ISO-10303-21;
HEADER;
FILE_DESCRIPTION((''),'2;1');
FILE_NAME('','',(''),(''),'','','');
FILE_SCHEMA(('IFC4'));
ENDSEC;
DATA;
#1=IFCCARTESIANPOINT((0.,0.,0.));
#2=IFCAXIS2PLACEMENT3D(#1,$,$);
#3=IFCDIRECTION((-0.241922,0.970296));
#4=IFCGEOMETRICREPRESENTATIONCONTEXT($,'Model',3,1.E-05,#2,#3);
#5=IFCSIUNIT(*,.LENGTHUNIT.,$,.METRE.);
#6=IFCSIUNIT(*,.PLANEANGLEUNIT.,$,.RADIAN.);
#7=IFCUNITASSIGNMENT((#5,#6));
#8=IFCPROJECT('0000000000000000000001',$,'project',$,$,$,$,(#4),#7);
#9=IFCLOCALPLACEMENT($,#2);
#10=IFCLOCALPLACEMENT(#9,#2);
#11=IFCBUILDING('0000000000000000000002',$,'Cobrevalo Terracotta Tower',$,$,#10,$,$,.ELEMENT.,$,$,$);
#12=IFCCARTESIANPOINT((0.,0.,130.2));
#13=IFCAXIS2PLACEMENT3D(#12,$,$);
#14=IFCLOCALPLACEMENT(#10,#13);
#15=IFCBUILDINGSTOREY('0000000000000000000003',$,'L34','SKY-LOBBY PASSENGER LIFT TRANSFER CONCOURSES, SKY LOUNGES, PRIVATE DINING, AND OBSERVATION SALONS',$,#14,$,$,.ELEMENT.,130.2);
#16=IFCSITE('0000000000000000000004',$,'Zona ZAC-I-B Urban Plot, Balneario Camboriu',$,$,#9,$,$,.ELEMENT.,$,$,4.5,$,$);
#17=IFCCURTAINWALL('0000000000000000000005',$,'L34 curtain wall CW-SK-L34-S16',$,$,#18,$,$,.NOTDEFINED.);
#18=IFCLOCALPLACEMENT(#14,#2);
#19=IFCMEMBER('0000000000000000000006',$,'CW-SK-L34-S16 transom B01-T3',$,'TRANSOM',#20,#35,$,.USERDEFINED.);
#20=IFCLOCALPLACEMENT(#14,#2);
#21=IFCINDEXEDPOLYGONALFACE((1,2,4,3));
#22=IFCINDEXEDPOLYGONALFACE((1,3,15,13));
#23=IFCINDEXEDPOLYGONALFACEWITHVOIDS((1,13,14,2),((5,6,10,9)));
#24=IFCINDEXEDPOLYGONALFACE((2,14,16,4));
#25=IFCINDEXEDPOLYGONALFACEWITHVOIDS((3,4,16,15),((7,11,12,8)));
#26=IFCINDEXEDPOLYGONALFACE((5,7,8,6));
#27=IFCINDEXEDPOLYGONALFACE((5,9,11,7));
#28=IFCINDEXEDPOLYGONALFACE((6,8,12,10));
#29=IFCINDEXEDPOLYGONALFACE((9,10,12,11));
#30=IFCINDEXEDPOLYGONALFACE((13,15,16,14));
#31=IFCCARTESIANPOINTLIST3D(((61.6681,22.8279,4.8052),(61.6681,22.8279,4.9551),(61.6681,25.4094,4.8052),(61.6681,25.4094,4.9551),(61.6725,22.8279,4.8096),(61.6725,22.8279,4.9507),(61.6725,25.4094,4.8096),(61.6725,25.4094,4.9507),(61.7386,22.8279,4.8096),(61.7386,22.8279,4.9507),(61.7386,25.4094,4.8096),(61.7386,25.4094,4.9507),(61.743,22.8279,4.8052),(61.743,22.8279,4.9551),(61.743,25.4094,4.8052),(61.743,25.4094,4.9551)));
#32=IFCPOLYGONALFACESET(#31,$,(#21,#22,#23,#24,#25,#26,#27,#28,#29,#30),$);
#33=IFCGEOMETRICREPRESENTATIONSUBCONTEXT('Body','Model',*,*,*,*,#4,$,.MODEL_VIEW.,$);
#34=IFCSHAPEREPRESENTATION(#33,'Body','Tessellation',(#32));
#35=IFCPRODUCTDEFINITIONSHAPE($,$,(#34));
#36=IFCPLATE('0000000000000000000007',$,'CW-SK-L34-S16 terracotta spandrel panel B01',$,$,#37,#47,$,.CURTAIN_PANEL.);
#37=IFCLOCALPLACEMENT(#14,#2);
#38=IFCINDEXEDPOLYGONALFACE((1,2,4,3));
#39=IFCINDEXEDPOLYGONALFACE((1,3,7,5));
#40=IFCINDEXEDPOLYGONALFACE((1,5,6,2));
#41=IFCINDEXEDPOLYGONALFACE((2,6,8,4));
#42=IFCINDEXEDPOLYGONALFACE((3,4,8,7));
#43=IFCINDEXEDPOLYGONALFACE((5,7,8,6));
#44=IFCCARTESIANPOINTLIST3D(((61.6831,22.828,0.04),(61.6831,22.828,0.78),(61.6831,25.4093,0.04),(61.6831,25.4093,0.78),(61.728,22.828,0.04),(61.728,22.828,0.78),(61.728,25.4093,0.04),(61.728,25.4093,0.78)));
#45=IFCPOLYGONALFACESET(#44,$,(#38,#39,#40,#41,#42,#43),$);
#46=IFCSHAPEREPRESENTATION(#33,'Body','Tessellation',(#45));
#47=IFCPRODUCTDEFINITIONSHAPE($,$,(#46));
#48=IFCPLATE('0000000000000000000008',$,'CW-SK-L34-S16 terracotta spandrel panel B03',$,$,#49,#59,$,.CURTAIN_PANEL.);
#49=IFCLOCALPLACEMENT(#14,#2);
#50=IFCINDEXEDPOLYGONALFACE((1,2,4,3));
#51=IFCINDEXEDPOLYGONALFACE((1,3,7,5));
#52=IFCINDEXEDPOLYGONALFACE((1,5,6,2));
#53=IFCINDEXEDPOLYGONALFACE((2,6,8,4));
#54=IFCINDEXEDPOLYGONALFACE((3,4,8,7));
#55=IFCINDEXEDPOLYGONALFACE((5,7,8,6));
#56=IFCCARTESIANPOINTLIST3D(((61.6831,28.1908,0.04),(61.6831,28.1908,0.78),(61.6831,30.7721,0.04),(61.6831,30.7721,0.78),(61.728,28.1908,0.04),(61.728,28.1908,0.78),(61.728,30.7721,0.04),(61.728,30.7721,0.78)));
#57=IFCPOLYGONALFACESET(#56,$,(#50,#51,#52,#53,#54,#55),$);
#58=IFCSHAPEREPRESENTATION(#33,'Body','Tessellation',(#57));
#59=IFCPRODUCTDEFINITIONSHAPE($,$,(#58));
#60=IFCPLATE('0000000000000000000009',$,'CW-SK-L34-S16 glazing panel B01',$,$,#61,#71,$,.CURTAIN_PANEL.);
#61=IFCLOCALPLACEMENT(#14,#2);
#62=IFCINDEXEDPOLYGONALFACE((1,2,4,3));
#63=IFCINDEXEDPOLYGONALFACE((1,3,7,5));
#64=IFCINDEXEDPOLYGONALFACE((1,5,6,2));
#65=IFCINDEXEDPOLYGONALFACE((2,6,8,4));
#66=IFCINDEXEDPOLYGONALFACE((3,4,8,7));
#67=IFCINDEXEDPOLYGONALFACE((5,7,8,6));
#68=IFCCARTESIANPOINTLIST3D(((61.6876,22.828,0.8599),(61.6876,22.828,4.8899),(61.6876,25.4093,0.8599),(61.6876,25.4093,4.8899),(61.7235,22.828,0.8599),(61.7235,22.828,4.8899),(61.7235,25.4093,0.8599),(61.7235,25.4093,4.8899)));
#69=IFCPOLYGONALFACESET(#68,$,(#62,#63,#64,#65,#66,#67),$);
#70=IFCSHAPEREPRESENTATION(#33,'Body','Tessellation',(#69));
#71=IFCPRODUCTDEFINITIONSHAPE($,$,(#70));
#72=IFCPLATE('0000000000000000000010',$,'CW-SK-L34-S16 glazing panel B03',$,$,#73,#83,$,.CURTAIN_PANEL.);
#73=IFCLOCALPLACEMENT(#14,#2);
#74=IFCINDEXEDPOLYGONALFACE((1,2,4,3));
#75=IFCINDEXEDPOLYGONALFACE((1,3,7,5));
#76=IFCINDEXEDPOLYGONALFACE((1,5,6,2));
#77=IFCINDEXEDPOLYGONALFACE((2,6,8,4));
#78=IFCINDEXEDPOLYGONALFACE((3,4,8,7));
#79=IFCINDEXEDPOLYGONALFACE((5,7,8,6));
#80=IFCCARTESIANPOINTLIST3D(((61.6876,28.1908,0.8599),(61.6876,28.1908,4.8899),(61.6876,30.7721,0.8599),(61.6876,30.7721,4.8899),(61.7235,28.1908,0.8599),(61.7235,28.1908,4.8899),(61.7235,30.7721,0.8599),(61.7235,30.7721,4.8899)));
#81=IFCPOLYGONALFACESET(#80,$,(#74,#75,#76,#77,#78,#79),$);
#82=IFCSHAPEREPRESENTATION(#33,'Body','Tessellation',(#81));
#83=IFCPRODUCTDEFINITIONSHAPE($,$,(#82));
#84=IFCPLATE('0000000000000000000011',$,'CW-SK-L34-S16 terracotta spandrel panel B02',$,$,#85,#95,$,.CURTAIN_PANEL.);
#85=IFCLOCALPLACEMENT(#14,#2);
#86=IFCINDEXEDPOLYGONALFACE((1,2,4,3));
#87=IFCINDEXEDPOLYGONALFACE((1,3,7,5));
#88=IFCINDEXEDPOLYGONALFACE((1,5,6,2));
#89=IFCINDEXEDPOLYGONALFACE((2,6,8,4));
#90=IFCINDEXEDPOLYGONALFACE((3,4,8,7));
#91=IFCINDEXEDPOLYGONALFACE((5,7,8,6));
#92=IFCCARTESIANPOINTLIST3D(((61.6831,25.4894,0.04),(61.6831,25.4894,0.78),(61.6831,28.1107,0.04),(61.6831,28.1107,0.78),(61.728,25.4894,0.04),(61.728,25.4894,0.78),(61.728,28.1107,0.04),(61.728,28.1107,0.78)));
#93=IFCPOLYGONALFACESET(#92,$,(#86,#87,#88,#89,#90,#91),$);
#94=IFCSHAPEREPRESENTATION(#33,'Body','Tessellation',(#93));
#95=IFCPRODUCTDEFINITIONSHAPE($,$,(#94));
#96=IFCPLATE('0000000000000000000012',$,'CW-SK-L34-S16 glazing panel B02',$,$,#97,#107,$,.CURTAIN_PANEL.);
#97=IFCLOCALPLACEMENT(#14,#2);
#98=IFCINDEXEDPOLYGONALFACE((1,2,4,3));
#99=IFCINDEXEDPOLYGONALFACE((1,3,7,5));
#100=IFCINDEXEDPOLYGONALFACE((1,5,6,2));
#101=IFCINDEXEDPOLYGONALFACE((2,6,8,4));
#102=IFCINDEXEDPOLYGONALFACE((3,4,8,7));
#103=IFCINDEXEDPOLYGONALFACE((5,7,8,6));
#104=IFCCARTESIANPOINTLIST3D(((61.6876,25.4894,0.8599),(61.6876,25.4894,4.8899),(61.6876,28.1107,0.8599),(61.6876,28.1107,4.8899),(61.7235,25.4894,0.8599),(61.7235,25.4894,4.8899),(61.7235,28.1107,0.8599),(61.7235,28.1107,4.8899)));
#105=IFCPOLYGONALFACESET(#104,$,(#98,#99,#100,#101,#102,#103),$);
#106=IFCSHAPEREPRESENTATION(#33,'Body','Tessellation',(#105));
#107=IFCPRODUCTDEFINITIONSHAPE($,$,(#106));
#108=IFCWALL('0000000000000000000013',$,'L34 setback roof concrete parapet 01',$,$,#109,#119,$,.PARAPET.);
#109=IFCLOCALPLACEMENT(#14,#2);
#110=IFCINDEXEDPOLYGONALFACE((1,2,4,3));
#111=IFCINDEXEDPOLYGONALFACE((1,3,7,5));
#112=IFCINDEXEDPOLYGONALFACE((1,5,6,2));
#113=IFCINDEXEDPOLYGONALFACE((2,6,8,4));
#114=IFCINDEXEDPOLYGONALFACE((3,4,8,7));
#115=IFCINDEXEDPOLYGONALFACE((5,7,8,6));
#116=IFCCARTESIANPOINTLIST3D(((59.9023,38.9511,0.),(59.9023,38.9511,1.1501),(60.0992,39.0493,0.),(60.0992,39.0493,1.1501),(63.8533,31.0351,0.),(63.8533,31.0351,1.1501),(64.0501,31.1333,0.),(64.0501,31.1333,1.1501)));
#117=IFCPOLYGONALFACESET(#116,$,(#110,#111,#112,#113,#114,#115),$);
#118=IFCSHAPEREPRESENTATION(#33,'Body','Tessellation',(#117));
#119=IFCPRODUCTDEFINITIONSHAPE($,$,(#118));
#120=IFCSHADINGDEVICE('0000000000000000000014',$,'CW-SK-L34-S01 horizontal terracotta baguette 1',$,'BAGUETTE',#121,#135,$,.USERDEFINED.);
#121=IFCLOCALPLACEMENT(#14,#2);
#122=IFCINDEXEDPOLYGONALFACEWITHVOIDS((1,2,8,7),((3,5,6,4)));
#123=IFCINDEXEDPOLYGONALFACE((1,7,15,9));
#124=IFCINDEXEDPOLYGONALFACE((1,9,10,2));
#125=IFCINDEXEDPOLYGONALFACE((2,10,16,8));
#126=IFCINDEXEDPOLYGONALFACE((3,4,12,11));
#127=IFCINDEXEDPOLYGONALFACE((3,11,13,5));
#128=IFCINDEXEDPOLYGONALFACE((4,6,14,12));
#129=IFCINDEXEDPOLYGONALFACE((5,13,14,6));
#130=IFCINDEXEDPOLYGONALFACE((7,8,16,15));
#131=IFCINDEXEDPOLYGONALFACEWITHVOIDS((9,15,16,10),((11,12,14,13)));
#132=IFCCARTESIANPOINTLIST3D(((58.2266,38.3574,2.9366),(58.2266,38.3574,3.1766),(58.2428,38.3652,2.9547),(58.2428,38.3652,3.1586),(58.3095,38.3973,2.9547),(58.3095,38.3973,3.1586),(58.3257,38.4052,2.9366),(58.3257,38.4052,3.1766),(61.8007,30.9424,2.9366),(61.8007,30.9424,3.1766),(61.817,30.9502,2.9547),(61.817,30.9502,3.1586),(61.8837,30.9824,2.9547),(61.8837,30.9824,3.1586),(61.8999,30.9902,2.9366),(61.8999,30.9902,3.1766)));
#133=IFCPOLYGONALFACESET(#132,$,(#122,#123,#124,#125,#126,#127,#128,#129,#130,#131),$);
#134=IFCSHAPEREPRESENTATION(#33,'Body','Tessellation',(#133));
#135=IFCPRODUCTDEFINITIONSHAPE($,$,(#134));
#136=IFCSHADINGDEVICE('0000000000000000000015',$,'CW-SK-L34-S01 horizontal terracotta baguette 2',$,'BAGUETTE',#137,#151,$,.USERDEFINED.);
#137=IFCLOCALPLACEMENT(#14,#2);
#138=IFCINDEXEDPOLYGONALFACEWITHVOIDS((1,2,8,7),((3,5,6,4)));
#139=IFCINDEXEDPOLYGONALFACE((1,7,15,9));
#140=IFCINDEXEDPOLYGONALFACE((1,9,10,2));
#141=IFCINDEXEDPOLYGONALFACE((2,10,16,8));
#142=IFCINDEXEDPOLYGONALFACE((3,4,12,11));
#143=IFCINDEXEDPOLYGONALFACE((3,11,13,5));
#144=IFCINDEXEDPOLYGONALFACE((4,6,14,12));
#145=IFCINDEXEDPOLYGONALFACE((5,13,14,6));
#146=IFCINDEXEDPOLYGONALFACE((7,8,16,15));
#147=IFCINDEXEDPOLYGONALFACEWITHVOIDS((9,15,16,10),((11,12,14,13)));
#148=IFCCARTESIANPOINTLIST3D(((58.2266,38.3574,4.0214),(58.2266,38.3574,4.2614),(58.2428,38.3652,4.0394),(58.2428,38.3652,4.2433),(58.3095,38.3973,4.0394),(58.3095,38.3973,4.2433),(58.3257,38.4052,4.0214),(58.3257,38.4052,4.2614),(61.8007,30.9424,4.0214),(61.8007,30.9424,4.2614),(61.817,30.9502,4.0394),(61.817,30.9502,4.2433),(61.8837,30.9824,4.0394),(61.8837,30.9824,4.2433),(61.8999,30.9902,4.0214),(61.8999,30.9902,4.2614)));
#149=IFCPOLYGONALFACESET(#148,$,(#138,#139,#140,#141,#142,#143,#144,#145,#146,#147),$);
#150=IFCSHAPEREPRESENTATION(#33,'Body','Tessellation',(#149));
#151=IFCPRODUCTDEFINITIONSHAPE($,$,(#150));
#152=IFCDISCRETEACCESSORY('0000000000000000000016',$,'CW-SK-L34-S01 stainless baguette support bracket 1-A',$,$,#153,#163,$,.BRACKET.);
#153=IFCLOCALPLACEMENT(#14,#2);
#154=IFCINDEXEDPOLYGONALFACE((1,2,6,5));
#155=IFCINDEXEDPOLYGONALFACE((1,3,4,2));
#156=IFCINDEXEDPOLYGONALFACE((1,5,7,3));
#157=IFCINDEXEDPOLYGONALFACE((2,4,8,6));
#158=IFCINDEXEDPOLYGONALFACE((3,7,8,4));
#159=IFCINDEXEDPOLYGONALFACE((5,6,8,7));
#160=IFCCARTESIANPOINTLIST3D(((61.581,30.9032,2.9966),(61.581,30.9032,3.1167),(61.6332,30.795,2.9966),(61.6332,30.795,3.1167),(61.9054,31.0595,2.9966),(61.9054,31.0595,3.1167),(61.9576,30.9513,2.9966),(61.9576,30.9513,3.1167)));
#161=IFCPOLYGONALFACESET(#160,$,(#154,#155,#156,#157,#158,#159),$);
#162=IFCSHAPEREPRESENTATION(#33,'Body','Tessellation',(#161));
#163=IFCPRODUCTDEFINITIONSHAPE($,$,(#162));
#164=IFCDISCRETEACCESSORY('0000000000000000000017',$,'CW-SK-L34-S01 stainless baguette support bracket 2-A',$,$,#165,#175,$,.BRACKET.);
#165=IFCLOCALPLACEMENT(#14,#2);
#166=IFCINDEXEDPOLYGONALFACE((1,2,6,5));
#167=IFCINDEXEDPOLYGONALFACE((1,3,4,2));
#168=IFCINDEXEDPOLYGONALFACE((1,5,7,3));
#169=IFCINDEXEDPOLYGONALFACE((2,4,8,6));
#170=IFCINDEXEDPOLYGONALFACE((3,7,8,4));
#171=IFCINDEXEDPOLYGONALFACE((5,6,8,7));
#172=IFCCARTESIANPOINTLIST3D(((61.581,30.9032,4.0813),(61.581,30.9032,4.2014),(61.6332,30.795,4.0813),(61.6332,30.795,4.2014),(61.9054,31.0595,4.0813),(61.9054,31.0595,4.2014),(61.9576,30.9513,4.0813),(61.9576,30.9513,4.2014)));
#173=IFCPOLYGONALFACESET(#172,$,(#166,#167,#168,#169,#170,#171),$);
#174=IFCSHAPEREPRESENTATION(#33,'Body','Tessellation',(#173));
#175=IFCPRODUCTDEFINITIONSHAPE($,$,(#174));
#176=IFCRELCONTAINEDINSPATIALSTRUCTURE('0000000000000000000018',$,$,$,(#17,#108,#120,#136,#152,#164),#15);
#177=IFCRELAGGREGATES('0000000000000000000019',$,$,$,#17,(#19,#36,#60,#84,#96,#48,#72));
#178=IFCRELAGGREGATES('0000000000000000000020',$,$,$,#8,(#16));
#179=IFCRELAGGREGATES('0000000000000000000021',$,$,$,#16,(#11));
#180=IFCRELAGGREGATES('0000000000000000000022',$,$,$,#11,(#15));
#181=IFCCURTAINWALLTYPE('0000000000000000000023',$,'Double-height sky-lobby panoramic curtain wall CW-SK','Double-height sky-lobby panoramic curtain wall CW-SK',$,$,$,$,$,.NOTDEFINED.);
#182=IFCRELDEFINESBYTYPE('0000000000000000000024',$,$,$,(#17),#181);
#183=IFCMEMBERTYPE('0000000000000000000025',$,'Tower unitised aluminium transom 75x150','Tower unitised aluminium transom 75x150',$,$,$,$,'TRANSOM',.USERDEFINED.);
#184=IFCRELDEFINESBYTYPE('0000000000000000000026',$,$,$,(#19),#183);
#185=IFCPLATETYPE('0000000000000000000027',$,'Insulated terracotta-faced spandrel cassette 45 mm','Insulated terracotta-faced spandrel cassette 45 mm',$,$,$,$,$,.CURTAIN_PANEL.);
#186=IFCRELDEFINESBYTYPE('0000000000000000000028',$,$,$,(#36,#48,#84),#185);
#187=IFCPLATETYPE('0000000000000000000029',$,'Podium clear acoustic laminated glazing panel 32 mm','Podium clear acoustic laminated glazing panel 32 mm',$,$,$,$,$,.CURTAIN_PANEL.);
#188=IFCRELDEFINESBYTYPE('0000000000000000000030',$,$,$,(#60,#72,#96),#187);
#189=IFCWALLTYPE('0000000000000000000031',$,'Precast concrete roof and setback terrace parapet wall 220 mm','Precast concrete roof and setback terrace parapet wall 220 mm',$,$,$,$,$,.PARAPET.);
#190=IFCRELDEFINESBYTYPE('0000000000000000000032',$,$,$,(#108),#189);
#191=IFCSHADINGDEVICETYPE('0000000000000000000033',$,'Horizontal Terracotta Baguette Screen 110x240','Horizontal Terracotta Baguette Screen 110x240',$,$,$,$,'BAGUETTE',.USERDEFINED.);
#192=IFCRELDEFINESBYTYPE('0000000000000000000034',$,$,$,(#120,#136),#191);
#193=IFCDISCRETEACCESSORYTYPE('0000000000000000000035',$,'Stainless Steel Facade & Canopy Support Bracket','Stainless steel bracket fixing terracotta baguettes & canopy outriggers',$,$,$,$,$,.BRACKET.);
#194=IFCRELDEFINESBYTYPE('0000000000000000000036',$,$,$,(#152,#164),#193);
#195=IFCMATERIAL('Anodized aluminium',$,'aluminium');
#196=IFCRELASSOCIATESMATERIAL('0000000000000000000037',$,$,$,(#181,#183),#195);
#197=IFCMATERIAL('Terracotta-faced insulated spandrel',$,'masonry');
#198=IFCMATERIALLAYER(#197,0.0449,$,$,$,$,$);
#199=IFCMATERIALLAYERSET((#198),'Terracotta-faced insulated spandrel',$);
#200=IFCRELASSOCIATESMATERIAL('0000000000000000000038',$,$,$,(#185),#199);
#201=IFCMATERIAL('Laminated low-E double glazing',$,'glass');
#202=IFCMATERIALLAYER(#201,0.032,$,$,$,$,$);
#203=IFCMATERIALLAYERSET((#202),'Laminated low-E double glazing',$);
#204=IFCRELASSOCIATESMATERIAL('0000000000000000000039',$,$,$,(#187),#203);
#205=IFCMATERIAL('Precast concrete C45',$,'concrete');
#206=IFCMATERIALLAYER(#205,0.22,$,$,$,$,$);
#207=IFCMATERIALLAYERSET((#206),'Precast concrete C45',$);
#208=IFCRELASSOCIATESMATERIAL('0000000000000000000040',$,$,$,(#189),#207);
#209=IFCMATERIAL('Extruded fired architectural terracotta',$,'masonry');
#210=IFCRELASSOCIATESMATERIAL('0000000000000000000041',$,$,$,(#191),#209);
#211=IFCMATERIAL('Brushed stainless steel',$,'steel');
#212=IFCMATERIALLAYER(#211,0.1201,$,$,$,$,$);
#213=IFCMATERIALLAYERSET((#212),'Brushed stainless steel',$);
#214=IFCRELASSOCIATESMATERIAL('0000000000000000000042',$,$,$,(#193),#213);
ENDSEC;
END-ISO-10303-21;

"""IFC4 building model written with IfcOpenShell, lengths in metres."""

from ifc_helpers import new_model, si_unit, direction, frame, frame_2d, origin, origin_2d, place, context, subcontext, project, spatial, rectangle, hollow_rectangle, extrude, source, transform, mapped, material, layer, layer_set, material_profile, profile_set, type_object, element, aggregate, save


model = new_model("IFC4")

# Units and contexts
model_context = context("Model", 3, precision=1e-05, world=origin(), true_north=direction((-0.241922, 0.970296)))
body_context = subcontext(model_context, "Body", "Model", "MODEL_VIEW")
ifc_project = project(units=[si_unit("LENGTHUNIT", "METRE"), si_unit("PLANEANGLEUNIT", "RADIAN")], contexts=[model_context])

# Site, building, storey
site_placement = place(None, origin())
site = spatial("IfcSite", under=ifc_project, at=site_placement, Name="Zona ZAC-I-B Urban Plot, Balneario Camboriu", CompositionType="ELEMENT", RefElevation=4.5)
building_placement = place(site_placement, origin())
building = spatial("IfcBuilding", under=site, at=building_placement, Name="Cobrevalo Terracotta Tower", CompositionType="ELEMENT")
storey_placement = place(building_placement, frame((0.0, 0.0, 130.2)))
storey = spatial("IfcBuildingStorey", under=building, at=storey_placement, Name="L34", Description="SKY-LOBBY PASSENGER LIFT TRANSFER CONCOURSES, SKY LOUNGES, PRIVATE DINING, AND OBSERVATION SALONS", CompositionType="ELEMENT", Elevation=130.2)

# Shared definitions
ifc_material_1 = material(Name="Anodized aluminium", Category="aluminium")
curtain_wall_type = type_object("IfcCurtainWallType", Name="Double-height sky-lobby panoramic curtain wall CW-SK", Description="Double-height sky-lobby panoramic curtain wall CW-SK", PredefinedType="NOTDEFINED", material=ifc_material_1)

# Curtain wall
curtain_wall_1_placement = place(storey_placement, origin())
curtain_wall_1 = element("IfcCurtainWall", 1, at=curtain_wall_1_placement, inside=storey, type_object=curtain_wall_type, Name="L34 curtain wall CW-SK-L34-S16", PredefinedType="NOTDEFINED")

# Member
ifc_material_profile_1 = material_profile(ifc_material_1, hollow_rectangle(XDim=0.075, YDim=0.1499, WallThickness=0.0044, at=origin_2d()), Name="CWT 75x150")
ifc_profile_set_1 = profile_set([ifc_material_profile_1], Name="Anodized aluminium")
member_type_1 = type_object("IfcMemberType", Name="Tower unitised aluminium transom 75x150", Description="Tower unitised aluminium transom 75x150", ElementType="TRANSOM", PredefinedType="USERDEFINED", material=ifc_profile_set_1)
shared_shape_1 = source(origin(), body_context, "Body", "SweptSolid", [
    extrude(hollow_rectangle(XDim=0.075, YDim=0.1499, WallThickness=0.0044, at=origin_2d()), origin(), (0.0, 0.0, 1.0), 2.5815),
])
member_1_placement = place(storey_placement, frame((61.7056, 22.8279, 4.8801), z_axis=(0.0, 1.0, 0.0), x_axis=(-1.0, 0.0, 0.0)))
member_1 = element("IfcMember", 2, at=member_1_placement, type_object=member_type_1, Name="CW-SK-L34-S16 transom B01-T3", ObjectType="TRANSOM", PredefinedType="USERDEFINED", context=body_context, shape_type="MappedRepresentation", body=[
    mapped(shared_shape_1, transform((0.0, 0.0, 0.0), scale=1.0)),
])

# Plates
ifc_material_2 = material(Name="Terracotta-faced insulated spandrel", Category="masonry")
ifc_layer_1 = layer(ifc_material_2, 0.0449)
ifc_layer_set_1 = layer_set([ifc_layer_1], Name="Terracotta-faced insulated spandrel")
plate_type_1 = type_object("IfcPlateType", Name="Insulated terracotta-faced spandrel cassette 45 mm", Description="Insulated terracotta-faced spandrel cassette 45 mm", PredefinedType="CURTAIN_PANEL", material=ifc_layer_set_1)
shared_shape_2 = source(origin(), body_context, "Body", "SweptSolid", [
    extrude(rectangle(XDim=2.5813, YDim=0.0449, at=origin_2d()), origin(), (0.0, 0.0, 1.0), 0.74),
])
plate_1_placement = place(storey_placement, frame((61.7056, 24.1187, 0.04), z_axis=(0.0, 0.0, 1.0), x_axis=(0.0, 1.0, 0.0)))
plate_1 = element("IfcPlate", 3, at=plate_1_placement, type_object=plate_type_1, Name="CW-SK-L34-S16 terracotta spandrel panel B01", PredefinedType="CURTAIN_PANEL", context=body_context, shape_type="MappedRepresentation", body=[
    mapped(shared_shape_2, transform((0.0, 0.0, 0.0), scale=1.0)),
])
plate_2_placement = place(storey_placement, frame((61.7056, 29.4814, 0.04), z_axis=(0.0, 0.0, 1.0), x_axis=(0.0, 1.0, 0.0)))
plate_2 = element("IfcPlate", 4, at=plate_2_placement, type_object=plate_type_1, Name="CW-SK-L34-S16 terracotta spandrel panel B03", PredefinedType="CURTAIN_PANEL", context=body_context, shape_type="MappedRepresentation", body=[
    mapped(shared_shape_2, transform((0.0, 0.0, 0.0), scale=1.0)),
])
ifc_material_3 = material(Name="Laminated low-E double glazing", Category="glass")
ifc_layer_2 = layer(ifc_material_3, 0.032)
ifc_layer_set_2 = layer_set([ifc_layer_2], Name="Laminated low-E double glazing")
plate_type_2 = type_object("IfcPlateType", Name="Podium clear acoustic laminated glazing panel 32 mm", Description="Podium clear acoustic laminated glazing panel 32 mm", PredefinedType="CURTAIN_PANEL", material=ifc_layer_set_2)
shared_shape_3 = source(origin(), body_context, "Body", "SweptSolid", [
    extrude(rectangle(XDim=2.5813, YDim=0.0359, at=origin_2d()), origin(), (0.0, 0.0, 1.0), 4.03),
])
plate_3_placement = place(storey_placement, frame((61.7056, 24.1187, 0.8599), z_axis=(0.0, 0.0, 1.0), x_axis=(0.0, 1.0, 0.0)))
plate_3 = element("IfcPlate", 5, at=plate_3_placement, type_object=plate_type_2, Name="CW-SK-L34-S16 glazing panel B01", PredefinedType="CURTAIN_PANEL", context=body_context, shape_type="MappedRepresentation", body=[
    mapped(shared_shape_3, transform((0.0, 0.0, 0.0), scale=1.0)),
])
plate_4_placement = place(storey_placement, frame((61.7056, 29.4814, 0.8599), z_axis=(0.0, 0.0, 1.0), x_axis=(0.0, 1.0, 0.0)))
plate_4 = element("IfcPlate", 6, at=plate_4_placement, type_object=plate_type_2, Name="CW-SK-L34-S16 glazing panel B03", PredefinedType="CURTAIN_PANEL", context=body_context, shape_type="MappedRepresentation", body=[
    mapped(shared_shape_3, transform((0.0, 0.0, 0.0), scale=1.0)),
])
shared_shape_4 = source(origin(), body_context, "Body", "SweptSolid", [
    extrude(rectangle(XDim=2.6213, YDim=0.0449, at=origin_2d()), origin(), (0.0, 0.0, 1.0), 0.74),
])
plate_5_placement = place(storey_placement, frame((61.7056, 26.8, 0.04), z_axis=(0.0, 0.0, 1.0), x_axis=(0.0, 1.0, 0.0)))
plate_5 = element("IfcPlate", 7, at=plate_5_placement, type_object=plate_type_1, Name="CW-SK-L34-S16 terracotta spandrel panel B02", PredefinedType="CURTAIN_PANEL", context=body_context, shape_type="MappedRepresentation", body=[
    mapped(shared_shape_4, transform((0.0, 0.0, 0.0), scale=1.0)),
])
shared_shape_5 = source(origin(), body_context, "Body", "SweptSolid", [
    extrude(rectangle(XDim=2.6213, YDim=0.0359, at=origin_2d()), origin(), (0.0, 0.0, 1.0), 4.03),
])
plate_6_placement = place(storey_placement, frame((61.7056, 26.8, 0.8599), z_axis=(0.0, 0.0, 1.0), x_axis=(0.0, 1.0, 0.0)))
plate_6 = element("IfcPlate", 8, at=plate_6_placement, type_object=plate_type_2, Name="CW-SK-L34-S16 glazing panel B02", PredefinedType="CURTAIN_PANEL", context=body_context, shape_type="MappedRepresentation", body=[
    mapped(shared_shape_5, transform((0.0, 0.0, 0.0), scale=1.0)),
])
aggregate(curtain_wall_1, [member_1, plate_1, plate_3, plate_5, plate_6, plate_2, plate_4])

# Wall
ifc_material_4 = material(Name="Precast concrete C45", Category="concrete")
ifc_layer_3 = layer(ifc_material_4, 0.22)
ifc_layer_set_3 = layer_set([ifc_layer_3], Name="Precast concrete C45")
wall_type = type_object("IfcWallType", Name="Precast concrete roof and setback terrace parapet wall 220 mm", Description="Precast concrete roof and setback terrace parapet wall 220 mm", PredefinedType="PARAPET", material=ifc_layer_set_3)
wall_placement = place(storey_placement, frame((63.9517, 31.0842, 0.0), z_axis=(0.0, 0.0, 1.0), x_axis=(-0.446573, 0.894747, 0.0)))
element("IfcWall", 9, at=wall_placement, inside=storey, type_object=wall_type, Name="L34 setback roof concrete parapet 01", PredefinedType="PARAPET", context=body_context, shape_type="SweptSolid", body=[
    extrude(rectangle(XDim=8.8472, YDim=0.22, at=frame_2d((4.4236, 0.0))), origin(), (0.0, 0.0, 1.0), 1.1501),
])

# Shading devices
ifc_material_5 = material(Name="Extruded fired architectural terracotta", Category="masonry")
ifc_material_profile_2 = material_profile(ifc_material_5, hollow_rectangle(XDim=0.1101, YDim=0.24, WallThickness=0.0181, at=origin_2d()), Name="BAGUETTE 110x240")
ifc_profile_set_2 = profile_set([ifc_material_profile_2], Name="Extruded fired architectural terracotta")
shading_device_type = type_object("IfcShadingDeviceType", Name="Horizontal Terracotta Baguette Screen 110x240", Description="Horizontal Terracotta Baguette Screen 110x240", ElementType="BAGUETTE", PredefinedType="USERDEFINED", material=ifc_profile_set_2)
shared_shape_6 = source(origin(), body_context, "Body", "SweptSolid", [
    extrude(hollow_rectangle(XDim=0.1101, YDim=0.24, WallThickness=0.0181, at=origin_2d()), origin(), (0.0, 0.0, 1.0), 8.2314),
])
for number, where, z_axis, x_axis, name in (
    (10, (61.8503, 30.9663, 3.0566), (-0.434212, 0.900811, 0.0), (-0.900811, -0.434212, 0.0), "CW-SK-L34-S01 horizontal terracotta baguette 1"),
    (11, (61.8503, 30.9663, 4.1414), (-0.434212, 0.900811, 0.0), (-0.900811, -0.434212, 0.0), "CW-SK-L34-S01 horizontal terracotta baguette 2"),
):
    element("IfcShadingDevice", number, at=place(storey_placement, frame(where, z_axis=z_axis, x_axis=x_axis)), inside=storey, type_object=shading_device_type, Name=name, ObjectType="BAGUETTE", PredefinedType="USERDEFINED", context=body_context, shape_type="MappedRepresentation", body=[
        mapped(shared_shape_6, transform((0.0, 0.0, 0.0), scale=1.0)),
    ])

# Discrete accessories
ifc_material_6 = material(Name="Brushed stainless steel", Category="steel")
ifc_layer_4 = layer(ifc_material_6, 0.1201)
ifc_layer_set_4 = layer_set([ifc_layer_4], Name="Brushed stainless steel")
discrete_accessory_type = type_object("IfcDiscreteAccessoryType", Name="Stainless Steel Facade & Canopy Support Bracket", Description="Stainless steel bracket fixing terracotta baguettes & canopy outriggers", PredefinedType="BRACKET", material=ifc_layer_set_4)
shared_shape_7 = source(origin(), body_context, "Body", "SweptSolid", [
    extrude(rectangle(XDim=0.1201, YDim=0.3601, at=origin_2d()), origin(), (0.0, 0.0, 1.0), 0.1201),
])
for number, where, z_axis, x_axis, name in (
    (12, (61.7693, 30.9272, 2.9966), (0.0, 0.0, 1.0), (-0.434209, 0.900812, 0.0), "CW-SK-L34-S01 stainless baguette support bracket 1-A"),
    (13, (61.7693, 30.9272, 4.0813), (0.0, 0.0, 1.0), (-0.434209, 0.900812, 0.0), "CW-SK-L34-S01 stainless baguette support bracket 2-A"),
):
    element("IfcDiscreteAccessory", number, at=place(storey_placement, frame(where, z_axis=z_axis, x_axis=x_axis)), inside=storey, type_object=discrete_accessory_type, Name=name, PredefinedType="BRACKET", context=body_context, shape_type="MappedRepresentation", body=[
        mapped(shared_shape_7, transform((0.0, 0.0, 0.0), scale=1.0)),
    ])

save(model, "model.ifc")
